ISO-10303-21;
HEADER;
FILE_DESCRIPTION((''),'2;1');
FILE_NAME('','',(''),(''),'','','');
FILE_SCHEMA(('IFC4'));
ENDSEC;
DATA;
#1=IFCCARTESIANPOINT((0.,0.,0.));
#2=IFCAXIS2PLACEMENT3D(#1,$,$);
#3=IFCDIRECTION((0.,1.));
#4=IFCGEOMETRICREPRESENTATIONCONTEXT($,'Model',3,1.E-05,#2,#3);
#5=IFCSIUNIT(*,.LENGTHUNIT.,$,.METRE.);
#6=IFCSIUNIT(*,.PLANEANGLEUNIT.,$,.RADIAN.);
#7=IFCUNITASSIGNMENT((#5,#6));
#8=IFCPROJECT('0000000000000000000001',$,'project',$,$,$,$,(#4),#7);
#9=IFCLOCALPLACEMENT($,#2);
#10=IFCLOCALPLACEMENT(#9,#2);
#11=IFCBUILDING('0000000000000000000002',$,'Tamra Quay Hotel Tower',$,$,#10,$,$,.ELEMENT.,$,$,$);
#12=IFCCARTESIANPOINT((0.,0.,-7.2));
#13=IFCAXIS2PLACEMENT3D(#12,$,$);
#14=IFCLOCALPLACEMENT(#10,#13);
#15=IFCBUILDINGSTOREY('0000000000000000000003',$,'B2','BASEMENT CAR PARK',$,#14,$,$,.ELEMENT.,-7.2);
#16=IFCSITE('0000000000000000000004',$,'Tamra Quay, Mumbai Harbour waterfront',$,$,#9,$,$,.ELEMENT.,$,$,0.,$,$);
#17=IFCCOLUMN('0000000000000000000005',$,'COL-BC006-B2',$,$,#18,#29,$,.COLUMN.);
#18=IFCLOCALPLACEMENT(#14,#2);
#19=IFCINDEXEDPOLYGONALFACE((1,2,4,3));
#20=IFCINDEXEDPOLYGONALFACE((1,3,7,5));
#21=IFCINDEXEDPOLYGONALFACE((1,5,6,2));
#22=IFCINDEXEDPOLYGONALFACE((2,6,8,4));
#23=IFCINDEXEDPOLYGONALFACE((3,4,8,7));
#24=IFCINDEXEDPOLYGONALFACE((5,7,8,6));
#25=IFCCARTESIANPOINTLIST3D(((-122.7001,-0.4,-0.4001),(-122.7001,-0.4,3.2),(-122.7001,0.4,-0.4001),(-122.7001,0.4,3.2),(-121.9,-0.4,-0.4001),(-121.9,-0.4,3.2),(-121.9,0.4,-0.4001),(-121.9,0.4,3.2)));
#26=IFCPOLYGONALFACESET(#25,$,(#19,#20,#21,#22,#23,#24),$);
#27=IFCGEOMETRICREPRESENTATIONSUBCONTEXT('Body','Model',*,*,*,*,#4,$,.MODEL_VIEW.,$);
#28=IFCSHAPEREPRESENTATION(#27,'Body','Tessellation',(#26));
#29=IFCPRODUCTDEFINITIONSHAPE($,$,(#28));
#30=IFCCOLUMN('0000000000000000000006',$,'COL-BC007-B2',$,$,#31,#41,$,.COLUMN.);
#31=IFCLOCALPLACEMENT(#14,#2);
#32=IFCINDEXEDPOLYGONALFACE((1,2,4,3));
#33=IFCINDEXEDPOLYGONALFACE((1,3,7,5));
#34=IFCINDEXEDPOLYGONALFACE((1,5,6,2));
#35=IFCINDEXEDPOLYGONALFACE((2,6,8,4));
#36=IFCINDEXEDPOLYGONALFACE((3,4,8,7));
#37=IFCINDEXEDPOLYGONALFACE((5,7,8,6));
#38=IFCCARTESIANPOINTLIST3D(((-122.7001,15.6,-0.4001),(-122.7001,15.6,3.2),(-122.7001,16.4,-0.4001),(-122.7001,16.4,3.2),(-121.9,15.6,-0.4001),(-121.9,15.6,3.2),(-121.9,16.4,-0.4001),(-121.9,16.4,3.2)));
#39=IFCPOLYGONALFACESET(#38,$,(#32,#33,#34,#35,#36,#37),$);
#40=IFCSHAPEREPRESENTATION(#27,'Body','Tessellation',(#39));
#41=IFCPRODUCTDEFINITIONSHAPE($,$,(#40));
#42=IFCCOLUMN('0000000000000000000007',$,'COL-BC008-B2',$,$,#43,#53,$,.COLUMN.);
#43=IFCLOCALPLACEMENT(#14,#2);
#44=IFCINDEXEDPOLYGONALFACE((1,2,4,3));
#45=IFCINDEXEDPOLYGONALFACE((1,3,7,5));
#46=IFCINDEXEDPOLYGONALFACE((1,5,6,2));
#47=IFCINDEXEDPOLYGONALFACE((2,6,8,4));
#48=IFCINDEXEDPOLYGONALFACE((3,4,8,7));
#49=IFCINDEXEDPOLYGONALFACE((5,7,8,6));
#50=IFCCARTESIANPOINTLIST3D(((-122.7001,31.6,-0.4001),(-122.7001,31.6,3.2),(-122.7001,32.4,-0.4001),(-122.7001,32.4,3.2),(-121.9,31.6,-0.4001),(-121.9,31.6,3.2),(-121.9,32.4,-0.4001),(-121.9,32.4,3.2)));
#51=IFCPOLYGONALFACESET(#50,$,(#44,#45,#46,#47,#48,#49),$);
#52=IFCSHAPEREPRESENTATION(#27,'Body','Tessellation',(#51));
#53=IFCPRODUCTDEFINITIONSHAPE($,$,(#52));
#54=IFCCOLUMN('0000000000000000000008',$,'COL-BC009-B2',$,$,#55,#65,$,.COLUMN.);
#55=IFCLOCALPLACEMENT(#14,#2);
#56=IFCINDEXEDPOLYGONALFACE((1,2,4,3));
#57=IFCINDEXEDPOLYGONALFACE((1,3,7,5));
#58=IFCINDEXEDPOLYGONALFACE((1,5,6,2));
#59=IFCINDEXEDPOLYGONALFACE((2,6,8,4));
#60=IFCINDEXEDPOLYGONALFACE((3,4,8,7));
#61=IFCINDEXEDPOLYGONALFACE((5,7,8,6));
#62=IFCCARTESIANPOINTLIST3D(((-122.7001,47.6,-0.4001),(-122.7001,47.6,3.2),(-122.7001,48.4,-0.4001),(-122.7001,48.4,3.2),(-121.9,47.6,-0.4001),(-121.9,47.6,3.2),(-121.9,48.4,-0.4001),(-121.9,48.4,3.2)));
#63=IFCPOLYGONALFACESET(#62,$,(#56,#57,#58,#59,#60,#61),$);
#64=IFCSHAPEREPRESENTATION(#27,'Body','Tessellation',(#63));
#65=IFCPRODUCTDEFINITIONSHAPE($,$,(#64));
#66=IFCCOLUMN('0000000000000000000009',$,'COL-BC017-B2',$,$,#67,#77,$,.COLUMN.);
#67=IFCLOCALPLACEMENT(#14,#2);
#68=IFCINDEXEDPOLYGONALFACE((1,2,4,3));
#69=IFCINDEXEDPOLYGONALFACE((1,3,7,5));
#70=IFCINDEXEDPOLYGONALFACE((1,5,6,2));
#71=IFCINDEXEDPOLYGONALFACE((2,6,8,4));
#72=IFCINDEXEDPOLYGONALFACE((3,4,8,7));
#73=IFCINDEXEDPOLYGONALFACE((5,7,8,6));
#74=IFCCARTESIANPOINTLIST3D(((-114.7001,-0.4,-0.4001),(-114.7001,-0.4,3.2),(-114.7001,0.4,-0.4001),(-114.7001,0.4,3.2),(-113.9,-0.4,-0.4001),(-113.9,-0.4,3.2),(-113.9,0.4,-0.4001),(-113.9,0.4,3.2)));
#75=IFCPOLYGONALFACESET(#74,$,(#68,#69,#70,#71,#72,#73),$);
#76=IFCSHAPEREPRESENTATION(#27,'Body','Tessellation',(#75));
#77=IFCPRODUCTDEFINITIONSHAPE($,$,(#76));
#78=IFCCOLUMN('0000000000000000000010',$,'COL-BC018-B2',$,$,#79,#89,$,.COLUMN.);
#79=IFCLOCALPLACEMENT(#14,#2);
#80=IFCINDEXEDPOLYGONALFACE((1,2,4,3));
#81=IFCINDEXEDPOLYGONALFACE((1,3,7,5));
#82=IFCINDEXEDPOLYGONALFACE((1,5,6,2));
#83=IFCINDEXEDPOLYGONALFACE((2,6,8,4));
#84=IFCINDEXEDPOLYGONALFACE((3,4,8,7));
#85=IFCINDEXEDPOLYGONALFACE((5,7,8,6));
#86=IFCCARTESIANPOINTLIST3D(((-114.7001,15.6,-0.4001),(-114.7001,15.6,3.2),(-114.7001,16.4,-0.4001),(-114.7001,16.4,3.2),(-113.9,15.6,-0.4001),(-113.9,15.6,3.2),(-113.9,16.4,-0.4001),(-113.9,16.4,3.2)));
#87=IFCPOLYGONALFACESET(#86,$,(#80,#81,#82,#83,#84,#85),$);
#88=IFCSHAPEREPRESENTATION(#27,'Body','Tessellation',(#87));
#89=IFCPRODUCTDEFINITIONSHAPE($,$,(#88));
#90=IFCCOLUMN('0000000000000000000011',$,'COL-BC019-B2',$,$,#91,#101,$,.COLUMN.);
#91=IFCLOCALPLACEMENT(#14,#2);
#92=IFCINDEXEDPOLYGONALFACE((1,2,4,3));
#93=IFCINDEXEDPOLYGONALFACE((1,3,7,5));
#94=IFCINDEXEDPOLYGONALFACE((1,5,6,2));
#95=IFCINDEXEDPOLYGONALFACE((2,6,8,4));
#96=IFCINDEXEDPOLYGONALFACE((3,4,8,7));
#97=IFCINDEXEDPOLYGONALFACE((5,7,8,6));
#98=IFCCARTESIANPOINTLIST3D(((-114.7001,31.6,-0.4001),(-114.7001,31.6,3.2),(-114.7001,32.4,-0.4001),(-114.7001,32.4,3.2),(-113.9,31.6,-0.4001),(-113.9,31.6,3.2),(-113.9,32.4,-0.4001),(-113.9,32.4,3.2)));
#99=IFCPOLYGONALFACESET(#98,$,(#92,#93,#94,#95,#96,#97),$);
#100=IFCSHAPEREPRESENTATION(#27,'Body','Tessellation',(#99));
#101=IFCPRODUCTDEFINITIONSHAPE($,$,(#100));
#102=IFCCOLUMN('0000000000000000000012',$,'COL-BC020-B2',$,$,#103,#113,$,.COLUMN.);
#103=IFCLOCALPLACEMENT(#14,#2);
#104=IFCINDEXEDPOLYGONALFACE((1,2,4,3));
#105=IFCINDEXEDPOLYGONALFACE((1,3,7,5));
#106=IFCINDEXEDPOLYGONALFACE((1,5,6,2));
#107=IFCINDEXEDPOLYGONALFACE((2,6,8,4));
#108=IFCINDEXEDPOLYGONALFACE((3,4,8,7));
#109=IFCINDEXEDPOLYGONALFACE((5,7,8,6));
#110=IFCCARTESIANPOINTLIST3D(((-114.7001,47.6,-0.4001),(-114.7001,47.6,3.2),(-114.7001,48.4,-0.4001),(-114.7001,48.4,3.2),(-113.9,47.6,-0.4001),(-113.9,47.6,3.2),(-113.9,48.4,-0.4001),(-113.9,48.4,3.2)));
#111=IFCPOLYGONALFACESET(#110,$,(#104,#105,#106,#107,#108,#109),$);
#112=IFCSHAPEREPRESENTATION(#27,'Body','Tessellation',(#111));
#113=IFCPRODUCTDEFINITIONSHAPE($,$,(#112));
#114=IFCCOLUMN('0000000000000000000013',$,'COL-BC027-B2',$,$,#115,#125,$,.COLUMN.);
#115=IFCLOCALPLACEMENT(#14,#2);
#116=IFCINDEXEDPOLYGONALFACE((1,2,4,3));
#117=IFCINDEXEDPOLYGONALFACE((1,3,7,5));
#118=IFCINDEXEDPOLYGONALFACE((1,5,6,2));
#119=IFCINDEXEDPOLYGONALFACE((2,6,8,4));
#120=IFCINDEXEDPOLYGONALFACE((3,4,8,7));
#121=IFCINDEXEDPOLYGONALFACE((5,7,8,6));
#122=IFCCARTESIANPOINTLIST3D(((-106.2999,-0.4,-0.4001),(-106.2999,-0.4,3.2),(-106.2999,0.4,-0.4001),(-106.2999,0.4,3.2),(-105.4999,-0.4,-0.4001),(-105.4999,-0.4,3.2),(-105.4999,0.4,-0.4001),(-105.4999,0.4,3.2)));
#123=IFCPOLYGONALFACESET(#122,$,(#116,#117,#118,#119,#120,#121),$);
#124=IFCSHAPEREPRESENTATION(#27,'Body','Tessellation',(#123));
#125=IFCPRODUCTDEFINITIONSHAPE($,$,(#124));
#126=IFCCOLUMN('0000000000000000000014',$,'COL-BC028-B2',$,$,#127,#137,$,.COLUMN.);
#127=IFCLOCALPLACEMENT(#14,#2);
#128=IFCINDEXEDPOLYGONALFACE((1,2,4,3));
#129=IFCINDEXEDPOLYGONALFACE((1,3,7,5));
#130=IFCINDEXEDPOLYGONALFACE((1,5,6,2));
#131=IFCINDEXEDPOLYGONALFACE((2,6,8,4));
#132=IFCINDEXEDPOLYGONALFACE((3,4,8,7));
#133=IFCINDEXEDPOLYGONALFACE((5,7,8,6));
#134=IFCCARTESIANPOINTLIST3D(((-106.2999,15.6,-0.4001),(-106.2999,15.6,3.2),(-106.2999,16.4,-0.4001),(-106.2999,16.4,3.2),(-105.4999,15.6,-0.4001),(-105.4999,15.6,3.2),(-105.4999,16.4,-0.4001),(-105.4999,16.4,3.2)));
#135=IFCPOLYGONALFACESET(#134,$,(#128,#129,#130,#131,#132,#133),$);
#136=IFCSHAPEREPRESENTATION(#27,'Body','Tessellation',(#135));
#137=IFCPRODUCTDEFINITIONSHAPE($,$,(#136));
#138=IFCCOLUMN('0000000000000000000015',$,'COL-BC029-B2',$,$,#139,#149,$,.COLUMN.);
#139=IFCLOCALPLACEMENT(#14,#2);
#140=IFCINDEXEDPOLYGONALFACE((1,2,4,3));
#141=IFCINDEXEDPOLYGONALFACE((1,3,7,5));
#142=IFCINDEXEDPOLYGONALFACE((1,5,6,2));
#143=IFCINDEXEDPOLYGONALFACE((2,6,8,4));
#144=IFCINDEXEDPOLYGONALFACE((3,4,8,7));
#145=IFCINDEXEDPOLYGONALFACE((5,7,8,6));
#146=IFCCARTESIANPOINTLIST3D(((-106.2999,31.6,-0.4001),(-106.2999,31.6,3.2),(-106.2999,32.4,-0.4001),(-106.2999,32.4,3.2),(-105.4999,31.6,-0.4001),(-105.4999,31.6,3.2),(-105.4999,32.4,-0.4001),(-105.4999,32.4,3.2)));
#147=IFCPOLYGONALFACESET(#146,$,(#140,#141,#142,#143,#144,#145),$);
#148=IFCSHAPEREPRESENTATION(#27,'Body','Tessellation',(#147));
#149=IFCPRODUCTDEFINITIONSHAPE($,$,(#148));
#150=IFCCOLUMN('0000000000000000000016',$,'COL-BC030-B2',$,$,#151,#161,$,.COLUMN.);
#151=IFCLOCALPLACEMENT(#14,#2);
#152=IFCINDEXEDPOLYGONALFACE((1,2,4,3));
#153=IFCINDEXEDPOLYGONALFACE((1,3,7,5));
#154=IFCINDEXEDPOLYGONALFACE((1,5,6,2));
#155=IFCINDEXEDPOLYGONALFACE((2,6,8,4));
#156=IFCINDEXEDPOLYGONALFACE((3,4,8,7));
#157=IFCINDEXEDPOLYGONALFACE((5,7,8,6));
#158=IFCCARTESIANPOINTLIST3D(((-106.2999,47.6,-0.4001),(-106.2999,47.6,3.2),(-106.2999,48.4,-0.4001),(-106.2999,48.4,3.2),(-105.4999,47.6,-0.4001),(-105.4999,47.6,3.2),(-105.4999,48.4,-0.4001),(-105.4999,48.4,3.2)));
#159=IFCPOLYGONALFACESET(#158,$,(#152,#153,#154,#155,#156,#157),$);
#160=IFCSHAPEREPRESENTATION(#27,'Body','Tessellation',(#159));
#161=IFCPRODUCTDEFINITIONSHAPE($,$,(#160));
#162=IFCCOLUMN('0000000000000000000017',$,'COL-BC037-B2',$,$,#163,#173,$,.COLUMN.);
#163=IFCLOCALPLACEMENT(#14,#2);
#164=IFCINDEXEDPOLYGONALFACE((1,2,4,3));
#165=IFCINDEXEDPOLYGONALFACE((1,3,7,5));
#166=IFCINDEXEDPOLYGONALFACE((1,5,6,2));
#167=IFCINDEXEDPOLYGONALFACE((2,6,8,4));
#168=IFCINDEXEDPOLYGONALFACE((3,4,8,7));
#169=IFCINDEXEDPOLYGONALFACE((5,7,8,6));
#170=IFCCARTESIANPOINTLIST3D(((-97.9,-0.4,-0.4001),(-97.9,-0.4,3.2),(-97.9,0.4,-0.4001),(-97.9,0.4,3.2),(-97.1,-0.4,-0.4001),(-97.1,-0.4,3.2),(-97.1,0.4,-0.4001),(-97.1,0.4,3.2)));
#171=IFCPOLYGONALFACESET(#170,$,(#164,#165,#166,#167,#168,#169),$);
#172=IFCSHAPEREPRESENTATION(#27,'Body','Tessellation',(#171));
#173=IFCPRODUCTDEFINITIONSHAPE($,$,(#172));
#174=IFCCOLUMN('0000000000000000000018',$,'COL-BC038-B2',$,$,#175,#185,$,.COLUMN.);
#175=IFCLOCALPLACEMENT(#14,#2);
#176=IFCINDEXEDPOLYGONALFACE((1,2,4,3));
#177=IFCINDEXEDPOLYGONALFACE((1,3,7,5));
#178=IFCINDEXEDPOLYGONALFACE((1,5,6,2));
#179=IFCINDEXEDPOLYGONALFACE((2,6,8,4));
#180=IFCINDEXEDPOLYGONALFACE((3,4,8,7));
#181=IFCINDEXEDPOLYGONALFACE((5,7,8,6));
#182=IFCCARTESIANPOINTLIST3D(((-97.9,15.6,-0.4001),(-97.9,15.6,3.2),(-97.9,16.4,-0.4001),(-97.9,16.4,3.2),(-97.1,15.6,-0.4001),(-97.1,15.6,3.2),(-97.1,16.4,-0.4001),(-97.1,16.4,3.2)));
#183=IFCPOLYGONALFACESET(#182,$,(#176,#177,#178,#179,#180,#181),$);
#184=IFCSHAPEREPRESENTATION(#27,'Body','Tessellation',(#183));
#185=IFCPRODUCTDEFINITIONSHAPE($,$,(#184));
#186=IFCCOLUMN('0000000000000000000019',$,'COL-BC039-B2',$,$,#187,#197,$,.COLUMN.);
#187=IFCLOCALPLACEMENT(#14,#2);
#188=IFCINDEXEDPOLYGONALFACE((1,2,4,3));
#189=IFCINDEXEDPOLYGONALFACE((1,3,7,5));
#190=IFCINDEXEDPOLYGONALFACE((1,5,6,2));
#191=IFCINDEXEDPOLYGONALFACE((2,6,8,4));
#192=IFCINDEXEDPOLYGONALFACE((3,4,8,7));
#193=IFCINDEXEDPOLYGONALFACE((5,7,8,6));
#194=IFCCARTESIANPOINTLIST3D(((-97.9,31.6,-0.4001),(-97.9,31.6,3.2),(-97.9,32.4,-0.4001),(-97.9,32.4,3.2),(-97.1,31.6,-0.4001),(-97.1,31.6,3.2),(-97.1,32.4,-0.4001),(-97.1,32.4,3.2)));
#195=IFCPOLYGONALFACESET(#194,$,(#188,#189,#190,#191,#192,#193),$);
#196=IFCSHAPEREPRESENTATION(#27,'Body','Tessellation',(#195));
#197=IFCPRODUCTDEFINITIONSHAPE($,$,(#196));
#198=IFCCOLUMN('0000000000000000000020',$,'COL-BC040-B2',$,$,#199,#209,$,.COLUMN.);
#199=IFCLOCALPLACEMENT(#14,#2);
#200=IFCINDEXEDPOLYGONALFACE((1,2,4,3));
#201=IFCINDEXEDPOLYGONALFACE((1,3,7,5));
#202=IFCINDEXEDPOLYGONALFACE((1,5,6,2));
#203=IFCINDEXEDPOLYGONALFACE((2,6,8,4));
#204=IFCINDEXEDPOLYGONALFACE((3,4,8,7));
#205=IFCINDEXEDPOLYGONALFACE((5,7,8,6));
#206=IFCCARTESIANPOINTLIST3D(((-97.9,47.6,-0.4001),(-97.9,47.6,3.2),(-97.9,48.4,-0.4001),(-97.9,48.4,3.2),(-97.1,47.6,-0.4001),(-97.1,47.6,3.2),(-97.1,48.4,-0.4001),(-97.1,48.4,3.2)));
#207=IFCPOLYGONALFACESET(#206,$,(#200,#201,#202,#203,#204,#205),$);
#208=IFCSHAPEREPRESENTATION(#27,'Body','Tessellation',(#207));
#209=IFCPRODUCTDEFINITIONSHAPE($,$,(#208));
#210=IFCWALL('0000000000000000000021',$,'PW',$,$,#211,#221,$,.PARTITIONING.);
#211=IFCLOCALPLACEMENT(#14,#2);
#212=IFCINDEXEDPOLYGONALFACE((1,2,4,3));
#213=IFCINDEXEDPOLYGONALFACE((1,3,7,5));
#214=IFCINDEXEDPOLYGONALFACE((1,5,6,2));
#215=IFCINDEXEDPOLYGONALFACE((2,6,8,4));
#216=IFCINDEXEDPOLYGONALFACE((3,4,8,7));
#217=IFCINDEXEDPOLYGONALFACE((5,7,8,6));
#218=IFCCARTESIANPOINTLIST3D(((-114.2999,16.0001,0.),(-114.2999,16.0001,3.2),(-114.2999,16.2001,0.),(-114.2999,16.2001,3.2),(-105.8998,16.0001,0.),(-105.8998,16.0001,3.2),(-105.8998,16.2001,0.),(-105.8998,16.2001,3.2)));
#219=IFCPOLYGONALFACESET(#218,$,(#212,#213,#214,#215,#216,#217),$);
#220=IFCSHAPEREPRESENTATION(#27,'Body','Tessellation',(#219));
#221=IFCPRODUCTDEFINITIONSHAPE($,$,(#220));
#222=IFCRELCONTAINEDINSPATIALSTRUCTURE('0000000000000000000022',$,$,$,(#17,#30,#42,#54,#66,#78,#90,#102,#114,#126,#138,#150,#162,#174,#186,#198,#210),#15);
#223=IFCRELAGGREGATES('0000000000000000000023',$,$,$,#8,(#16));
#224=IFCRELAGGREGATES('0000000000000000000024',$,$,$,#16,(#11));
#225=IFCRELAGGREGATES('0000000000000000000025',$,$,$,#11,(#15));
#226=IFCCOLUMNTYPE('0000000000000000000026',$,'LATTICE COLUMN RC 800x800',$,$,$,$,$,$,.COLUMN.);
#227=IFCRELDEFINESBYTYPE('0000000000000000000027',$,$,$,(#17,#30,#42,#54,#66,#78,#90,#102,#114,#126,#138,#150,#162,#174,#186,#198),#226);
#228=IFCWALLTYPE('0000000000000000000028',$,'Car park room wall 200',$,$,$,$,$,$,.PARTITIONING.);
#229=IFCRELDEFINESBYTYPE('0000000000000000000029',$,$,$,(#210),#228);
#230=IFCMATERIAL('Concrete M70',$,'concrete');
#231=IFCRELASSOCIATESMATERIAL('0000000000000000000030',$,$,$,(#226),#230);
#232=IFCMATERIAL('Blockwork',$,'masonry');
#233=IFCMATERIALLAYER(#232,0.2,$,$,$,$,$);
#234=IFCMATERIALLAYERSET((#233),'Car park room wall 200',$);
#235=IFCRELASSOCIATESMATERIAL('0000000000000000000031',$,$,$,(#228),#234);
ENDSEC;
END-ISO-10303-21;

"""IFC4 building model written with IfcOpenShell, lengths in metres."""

from ifc_helpers import new_model, si_unit, direction, frame, frame_2d, origin, origin_2d, place, context, subcontext, project, spatial, rectangle, extrude, material, layer, layer_set, material_profile, profile_set, type_object, element, save


model = new_model("IFC4")

# Units and contexts
model_context = context("Model", 3, precision=1e-05, world=origin(), true_north=direction((0.0, 1.0)))
body_context = subcontext(model_context, "Body", "Model", "MODEL_VIEW")
ifc_project = project(units=[si_unit("LENGTHUNIT", "METRE"), si_unit("PLANEANGLEUNIT", "RADIAN")], contexts=[model_context])

# Site, building, storey
site_placement = place(None, origin())
site = spatial("IfcSite", under=ifc_project, at=site_placement, Name="Tamra Quay, Mumbai Harbour waterfront", CompositionType="ELEMENT", RefElevation=0.0)
building_placement = place(site_placement, origin())
building = spatial("IfcBuilding", under=site, at=building_placement, Name="Tamra Quay Hotel Tower", CompositionType="ELEMENT")
storey_placement = place(building_placement, frame((0.0, 0.0, -7.2)))
storey = spatial("IfcBuildingStorey", under=building, at=storey_placement, Name="B2", Description="BASEMENT CAR PARK", CompositionType="ELEMENT", Elevation=-7.2)

# Columns
ifc_material_1 = material(Name="Concrete M70", Category="concrete")
ifc_material_profile = material_profile(ifc_material_1, rectangle(XDim=0.8, YDim=0.8, at=origin_2d()), Name="LATTICE COLUMN RC 800x800")
ifc_profile_set = profile_set([ifc_material_profile], Name="Concrete M70")
column_type = type_object("IfcColumnType", Name="LATTICE COLUMN RC 800x800", PredefinedType="COLUMN", material=ifc_profile_set)
for number, where, z_axis, x_axis, name in (
    (1, (-122.3, 0.0, -0.4001), (0.0, 0.0, 1.0), (1.0, 0.0, 0.0), "COL-BC006-B2"),
    (2, (-122.3, 16.0, -0.4001), (0.0, 0.0, 1.0), (1.0, 0.0, 0.0), "COL-BC007-B2"),
    (3, (-122.3, 32.0, -0.4001), (0.0, 0.0, 1.0), (1.0, 0.0, 0.0), "COL-BC008-B2"),
    (4, (-122.3, 48.0, -0.4001), (0.0, 0.0, 1.0), (1.0, 0.0, 0.0), "COL-BC009-B2"),
    (5, (-114.3, 0.0, -0.4001), (0.0, 0.0, 1.0), (1.0, 0.0, 0.0), "COL-BC017-B2"),
    (6, (-114.3, 16.0, -0.4001), (0.0, 0.0, 1.0), (1.0, 0.0, 0.0), "COL-BC018-B2"),
    (7, (-114.3, 32.0, -0.4001), (0.0, 0.0, 1.0), (1.0, 0.0, 0.0), "COL-BC019-B2"),
    (8, (-114.3, 48.0, -0.4001), (0.0, 0.0, 1.0), (1.0, 0.0, 0.0), "COL-BC020-B2"),
    (9, (-105.8999, 0.0, -0.4001), (0.0, 0.0, 1.0), (1.0, 0.0, 0.0), "COL-BC027-B2"),
    (10, (-105.8999, 16.0, -0.4001), (0.0, 0.0, 1.0), (1.0, 0.0, 0.0), "COL-BC028-B2"),
    (11, (-105.8999, 32.0, -0.4001), (0.0, 0.0, 1.0), (1.0, 0.0, 0.0), "COL-BC029-B2"),
    (12, (-105.8999, 48.0, -0.4001), (0.0, 0.0, 1.0), (1.0, 0.0, 0.0), "COL-BC030-B2"),
    (13, (-97.5, 0.0, -0.4001), (0.0, 0.0, 1.0), (1.0, 0.0, 0.0), "COL-BC037-B2"),
    (14, (-97.5, 16.0, -0.4001), (0.0, 0.0, 1.0), (1.0, 0.0, 0.0), "COL-BC038-B2"),
    (15, (-97.5, 32.0, -0.4001), (0.0, 0.0, 1.0), (1.0, 0.0, 0.0), "COL-BC039-B2"),
    (16, (-97.5, 48.0, -0.4001), (0.0, 0.0, 1.0), (1.0, 0.0, 0.0), "COL-BC040-B2"),
):
    element("IfcColumn", number, at=place(storey_placement, frame(where, z_axis=z_axis, x_axis=x_axis)), inside=storey, type_object=column_type, Name=name, PredefinedType="COLUMN", context=body_context, shape_type="SweptSolid", body=[
        extrude(rectangle(XDim=0.8, YDim=0.8, at=origin_2d()), origin(), (0.0, 0.0, 1.0), 3.6001),
    ])

# Wall
ifc_material_2 = material(Name="Blockwork", Category="masonry")
ifc_layer_1 = layer(ifc_material_2, 0.2)
ifc_layer_set_1 = layer_set([ifc_layer_1], Name="Car park room wall 200")
wall_type_1 = type_object("IfcWallType", Name="Car park room wall 200", PredefinedType="PARTITIONING", material=ifc_layer_set_1)
wall_1_placement = place(storey_placement, frame((-114.3, 16.1001, 0.0), z_axis=(0.0, 0.0, 1.0), x_axis=(1.0, 0.0, 0.0)))
element("IfcWall", 17, at=wall_1_placement, inside=storey, type_object=wall_type_1, Name="PW", PredefinedType="PARTITIONING", context=body_context, shape_type="SweptSolid", body=[
    extrude(rectangle(XDim=8.4001, YDim=0.2, at=frame_2d((4.2002, 0.0))), origin(), (0.0, 0.0, 1.0), 3.2),
])

save(model, "model.ifc")
